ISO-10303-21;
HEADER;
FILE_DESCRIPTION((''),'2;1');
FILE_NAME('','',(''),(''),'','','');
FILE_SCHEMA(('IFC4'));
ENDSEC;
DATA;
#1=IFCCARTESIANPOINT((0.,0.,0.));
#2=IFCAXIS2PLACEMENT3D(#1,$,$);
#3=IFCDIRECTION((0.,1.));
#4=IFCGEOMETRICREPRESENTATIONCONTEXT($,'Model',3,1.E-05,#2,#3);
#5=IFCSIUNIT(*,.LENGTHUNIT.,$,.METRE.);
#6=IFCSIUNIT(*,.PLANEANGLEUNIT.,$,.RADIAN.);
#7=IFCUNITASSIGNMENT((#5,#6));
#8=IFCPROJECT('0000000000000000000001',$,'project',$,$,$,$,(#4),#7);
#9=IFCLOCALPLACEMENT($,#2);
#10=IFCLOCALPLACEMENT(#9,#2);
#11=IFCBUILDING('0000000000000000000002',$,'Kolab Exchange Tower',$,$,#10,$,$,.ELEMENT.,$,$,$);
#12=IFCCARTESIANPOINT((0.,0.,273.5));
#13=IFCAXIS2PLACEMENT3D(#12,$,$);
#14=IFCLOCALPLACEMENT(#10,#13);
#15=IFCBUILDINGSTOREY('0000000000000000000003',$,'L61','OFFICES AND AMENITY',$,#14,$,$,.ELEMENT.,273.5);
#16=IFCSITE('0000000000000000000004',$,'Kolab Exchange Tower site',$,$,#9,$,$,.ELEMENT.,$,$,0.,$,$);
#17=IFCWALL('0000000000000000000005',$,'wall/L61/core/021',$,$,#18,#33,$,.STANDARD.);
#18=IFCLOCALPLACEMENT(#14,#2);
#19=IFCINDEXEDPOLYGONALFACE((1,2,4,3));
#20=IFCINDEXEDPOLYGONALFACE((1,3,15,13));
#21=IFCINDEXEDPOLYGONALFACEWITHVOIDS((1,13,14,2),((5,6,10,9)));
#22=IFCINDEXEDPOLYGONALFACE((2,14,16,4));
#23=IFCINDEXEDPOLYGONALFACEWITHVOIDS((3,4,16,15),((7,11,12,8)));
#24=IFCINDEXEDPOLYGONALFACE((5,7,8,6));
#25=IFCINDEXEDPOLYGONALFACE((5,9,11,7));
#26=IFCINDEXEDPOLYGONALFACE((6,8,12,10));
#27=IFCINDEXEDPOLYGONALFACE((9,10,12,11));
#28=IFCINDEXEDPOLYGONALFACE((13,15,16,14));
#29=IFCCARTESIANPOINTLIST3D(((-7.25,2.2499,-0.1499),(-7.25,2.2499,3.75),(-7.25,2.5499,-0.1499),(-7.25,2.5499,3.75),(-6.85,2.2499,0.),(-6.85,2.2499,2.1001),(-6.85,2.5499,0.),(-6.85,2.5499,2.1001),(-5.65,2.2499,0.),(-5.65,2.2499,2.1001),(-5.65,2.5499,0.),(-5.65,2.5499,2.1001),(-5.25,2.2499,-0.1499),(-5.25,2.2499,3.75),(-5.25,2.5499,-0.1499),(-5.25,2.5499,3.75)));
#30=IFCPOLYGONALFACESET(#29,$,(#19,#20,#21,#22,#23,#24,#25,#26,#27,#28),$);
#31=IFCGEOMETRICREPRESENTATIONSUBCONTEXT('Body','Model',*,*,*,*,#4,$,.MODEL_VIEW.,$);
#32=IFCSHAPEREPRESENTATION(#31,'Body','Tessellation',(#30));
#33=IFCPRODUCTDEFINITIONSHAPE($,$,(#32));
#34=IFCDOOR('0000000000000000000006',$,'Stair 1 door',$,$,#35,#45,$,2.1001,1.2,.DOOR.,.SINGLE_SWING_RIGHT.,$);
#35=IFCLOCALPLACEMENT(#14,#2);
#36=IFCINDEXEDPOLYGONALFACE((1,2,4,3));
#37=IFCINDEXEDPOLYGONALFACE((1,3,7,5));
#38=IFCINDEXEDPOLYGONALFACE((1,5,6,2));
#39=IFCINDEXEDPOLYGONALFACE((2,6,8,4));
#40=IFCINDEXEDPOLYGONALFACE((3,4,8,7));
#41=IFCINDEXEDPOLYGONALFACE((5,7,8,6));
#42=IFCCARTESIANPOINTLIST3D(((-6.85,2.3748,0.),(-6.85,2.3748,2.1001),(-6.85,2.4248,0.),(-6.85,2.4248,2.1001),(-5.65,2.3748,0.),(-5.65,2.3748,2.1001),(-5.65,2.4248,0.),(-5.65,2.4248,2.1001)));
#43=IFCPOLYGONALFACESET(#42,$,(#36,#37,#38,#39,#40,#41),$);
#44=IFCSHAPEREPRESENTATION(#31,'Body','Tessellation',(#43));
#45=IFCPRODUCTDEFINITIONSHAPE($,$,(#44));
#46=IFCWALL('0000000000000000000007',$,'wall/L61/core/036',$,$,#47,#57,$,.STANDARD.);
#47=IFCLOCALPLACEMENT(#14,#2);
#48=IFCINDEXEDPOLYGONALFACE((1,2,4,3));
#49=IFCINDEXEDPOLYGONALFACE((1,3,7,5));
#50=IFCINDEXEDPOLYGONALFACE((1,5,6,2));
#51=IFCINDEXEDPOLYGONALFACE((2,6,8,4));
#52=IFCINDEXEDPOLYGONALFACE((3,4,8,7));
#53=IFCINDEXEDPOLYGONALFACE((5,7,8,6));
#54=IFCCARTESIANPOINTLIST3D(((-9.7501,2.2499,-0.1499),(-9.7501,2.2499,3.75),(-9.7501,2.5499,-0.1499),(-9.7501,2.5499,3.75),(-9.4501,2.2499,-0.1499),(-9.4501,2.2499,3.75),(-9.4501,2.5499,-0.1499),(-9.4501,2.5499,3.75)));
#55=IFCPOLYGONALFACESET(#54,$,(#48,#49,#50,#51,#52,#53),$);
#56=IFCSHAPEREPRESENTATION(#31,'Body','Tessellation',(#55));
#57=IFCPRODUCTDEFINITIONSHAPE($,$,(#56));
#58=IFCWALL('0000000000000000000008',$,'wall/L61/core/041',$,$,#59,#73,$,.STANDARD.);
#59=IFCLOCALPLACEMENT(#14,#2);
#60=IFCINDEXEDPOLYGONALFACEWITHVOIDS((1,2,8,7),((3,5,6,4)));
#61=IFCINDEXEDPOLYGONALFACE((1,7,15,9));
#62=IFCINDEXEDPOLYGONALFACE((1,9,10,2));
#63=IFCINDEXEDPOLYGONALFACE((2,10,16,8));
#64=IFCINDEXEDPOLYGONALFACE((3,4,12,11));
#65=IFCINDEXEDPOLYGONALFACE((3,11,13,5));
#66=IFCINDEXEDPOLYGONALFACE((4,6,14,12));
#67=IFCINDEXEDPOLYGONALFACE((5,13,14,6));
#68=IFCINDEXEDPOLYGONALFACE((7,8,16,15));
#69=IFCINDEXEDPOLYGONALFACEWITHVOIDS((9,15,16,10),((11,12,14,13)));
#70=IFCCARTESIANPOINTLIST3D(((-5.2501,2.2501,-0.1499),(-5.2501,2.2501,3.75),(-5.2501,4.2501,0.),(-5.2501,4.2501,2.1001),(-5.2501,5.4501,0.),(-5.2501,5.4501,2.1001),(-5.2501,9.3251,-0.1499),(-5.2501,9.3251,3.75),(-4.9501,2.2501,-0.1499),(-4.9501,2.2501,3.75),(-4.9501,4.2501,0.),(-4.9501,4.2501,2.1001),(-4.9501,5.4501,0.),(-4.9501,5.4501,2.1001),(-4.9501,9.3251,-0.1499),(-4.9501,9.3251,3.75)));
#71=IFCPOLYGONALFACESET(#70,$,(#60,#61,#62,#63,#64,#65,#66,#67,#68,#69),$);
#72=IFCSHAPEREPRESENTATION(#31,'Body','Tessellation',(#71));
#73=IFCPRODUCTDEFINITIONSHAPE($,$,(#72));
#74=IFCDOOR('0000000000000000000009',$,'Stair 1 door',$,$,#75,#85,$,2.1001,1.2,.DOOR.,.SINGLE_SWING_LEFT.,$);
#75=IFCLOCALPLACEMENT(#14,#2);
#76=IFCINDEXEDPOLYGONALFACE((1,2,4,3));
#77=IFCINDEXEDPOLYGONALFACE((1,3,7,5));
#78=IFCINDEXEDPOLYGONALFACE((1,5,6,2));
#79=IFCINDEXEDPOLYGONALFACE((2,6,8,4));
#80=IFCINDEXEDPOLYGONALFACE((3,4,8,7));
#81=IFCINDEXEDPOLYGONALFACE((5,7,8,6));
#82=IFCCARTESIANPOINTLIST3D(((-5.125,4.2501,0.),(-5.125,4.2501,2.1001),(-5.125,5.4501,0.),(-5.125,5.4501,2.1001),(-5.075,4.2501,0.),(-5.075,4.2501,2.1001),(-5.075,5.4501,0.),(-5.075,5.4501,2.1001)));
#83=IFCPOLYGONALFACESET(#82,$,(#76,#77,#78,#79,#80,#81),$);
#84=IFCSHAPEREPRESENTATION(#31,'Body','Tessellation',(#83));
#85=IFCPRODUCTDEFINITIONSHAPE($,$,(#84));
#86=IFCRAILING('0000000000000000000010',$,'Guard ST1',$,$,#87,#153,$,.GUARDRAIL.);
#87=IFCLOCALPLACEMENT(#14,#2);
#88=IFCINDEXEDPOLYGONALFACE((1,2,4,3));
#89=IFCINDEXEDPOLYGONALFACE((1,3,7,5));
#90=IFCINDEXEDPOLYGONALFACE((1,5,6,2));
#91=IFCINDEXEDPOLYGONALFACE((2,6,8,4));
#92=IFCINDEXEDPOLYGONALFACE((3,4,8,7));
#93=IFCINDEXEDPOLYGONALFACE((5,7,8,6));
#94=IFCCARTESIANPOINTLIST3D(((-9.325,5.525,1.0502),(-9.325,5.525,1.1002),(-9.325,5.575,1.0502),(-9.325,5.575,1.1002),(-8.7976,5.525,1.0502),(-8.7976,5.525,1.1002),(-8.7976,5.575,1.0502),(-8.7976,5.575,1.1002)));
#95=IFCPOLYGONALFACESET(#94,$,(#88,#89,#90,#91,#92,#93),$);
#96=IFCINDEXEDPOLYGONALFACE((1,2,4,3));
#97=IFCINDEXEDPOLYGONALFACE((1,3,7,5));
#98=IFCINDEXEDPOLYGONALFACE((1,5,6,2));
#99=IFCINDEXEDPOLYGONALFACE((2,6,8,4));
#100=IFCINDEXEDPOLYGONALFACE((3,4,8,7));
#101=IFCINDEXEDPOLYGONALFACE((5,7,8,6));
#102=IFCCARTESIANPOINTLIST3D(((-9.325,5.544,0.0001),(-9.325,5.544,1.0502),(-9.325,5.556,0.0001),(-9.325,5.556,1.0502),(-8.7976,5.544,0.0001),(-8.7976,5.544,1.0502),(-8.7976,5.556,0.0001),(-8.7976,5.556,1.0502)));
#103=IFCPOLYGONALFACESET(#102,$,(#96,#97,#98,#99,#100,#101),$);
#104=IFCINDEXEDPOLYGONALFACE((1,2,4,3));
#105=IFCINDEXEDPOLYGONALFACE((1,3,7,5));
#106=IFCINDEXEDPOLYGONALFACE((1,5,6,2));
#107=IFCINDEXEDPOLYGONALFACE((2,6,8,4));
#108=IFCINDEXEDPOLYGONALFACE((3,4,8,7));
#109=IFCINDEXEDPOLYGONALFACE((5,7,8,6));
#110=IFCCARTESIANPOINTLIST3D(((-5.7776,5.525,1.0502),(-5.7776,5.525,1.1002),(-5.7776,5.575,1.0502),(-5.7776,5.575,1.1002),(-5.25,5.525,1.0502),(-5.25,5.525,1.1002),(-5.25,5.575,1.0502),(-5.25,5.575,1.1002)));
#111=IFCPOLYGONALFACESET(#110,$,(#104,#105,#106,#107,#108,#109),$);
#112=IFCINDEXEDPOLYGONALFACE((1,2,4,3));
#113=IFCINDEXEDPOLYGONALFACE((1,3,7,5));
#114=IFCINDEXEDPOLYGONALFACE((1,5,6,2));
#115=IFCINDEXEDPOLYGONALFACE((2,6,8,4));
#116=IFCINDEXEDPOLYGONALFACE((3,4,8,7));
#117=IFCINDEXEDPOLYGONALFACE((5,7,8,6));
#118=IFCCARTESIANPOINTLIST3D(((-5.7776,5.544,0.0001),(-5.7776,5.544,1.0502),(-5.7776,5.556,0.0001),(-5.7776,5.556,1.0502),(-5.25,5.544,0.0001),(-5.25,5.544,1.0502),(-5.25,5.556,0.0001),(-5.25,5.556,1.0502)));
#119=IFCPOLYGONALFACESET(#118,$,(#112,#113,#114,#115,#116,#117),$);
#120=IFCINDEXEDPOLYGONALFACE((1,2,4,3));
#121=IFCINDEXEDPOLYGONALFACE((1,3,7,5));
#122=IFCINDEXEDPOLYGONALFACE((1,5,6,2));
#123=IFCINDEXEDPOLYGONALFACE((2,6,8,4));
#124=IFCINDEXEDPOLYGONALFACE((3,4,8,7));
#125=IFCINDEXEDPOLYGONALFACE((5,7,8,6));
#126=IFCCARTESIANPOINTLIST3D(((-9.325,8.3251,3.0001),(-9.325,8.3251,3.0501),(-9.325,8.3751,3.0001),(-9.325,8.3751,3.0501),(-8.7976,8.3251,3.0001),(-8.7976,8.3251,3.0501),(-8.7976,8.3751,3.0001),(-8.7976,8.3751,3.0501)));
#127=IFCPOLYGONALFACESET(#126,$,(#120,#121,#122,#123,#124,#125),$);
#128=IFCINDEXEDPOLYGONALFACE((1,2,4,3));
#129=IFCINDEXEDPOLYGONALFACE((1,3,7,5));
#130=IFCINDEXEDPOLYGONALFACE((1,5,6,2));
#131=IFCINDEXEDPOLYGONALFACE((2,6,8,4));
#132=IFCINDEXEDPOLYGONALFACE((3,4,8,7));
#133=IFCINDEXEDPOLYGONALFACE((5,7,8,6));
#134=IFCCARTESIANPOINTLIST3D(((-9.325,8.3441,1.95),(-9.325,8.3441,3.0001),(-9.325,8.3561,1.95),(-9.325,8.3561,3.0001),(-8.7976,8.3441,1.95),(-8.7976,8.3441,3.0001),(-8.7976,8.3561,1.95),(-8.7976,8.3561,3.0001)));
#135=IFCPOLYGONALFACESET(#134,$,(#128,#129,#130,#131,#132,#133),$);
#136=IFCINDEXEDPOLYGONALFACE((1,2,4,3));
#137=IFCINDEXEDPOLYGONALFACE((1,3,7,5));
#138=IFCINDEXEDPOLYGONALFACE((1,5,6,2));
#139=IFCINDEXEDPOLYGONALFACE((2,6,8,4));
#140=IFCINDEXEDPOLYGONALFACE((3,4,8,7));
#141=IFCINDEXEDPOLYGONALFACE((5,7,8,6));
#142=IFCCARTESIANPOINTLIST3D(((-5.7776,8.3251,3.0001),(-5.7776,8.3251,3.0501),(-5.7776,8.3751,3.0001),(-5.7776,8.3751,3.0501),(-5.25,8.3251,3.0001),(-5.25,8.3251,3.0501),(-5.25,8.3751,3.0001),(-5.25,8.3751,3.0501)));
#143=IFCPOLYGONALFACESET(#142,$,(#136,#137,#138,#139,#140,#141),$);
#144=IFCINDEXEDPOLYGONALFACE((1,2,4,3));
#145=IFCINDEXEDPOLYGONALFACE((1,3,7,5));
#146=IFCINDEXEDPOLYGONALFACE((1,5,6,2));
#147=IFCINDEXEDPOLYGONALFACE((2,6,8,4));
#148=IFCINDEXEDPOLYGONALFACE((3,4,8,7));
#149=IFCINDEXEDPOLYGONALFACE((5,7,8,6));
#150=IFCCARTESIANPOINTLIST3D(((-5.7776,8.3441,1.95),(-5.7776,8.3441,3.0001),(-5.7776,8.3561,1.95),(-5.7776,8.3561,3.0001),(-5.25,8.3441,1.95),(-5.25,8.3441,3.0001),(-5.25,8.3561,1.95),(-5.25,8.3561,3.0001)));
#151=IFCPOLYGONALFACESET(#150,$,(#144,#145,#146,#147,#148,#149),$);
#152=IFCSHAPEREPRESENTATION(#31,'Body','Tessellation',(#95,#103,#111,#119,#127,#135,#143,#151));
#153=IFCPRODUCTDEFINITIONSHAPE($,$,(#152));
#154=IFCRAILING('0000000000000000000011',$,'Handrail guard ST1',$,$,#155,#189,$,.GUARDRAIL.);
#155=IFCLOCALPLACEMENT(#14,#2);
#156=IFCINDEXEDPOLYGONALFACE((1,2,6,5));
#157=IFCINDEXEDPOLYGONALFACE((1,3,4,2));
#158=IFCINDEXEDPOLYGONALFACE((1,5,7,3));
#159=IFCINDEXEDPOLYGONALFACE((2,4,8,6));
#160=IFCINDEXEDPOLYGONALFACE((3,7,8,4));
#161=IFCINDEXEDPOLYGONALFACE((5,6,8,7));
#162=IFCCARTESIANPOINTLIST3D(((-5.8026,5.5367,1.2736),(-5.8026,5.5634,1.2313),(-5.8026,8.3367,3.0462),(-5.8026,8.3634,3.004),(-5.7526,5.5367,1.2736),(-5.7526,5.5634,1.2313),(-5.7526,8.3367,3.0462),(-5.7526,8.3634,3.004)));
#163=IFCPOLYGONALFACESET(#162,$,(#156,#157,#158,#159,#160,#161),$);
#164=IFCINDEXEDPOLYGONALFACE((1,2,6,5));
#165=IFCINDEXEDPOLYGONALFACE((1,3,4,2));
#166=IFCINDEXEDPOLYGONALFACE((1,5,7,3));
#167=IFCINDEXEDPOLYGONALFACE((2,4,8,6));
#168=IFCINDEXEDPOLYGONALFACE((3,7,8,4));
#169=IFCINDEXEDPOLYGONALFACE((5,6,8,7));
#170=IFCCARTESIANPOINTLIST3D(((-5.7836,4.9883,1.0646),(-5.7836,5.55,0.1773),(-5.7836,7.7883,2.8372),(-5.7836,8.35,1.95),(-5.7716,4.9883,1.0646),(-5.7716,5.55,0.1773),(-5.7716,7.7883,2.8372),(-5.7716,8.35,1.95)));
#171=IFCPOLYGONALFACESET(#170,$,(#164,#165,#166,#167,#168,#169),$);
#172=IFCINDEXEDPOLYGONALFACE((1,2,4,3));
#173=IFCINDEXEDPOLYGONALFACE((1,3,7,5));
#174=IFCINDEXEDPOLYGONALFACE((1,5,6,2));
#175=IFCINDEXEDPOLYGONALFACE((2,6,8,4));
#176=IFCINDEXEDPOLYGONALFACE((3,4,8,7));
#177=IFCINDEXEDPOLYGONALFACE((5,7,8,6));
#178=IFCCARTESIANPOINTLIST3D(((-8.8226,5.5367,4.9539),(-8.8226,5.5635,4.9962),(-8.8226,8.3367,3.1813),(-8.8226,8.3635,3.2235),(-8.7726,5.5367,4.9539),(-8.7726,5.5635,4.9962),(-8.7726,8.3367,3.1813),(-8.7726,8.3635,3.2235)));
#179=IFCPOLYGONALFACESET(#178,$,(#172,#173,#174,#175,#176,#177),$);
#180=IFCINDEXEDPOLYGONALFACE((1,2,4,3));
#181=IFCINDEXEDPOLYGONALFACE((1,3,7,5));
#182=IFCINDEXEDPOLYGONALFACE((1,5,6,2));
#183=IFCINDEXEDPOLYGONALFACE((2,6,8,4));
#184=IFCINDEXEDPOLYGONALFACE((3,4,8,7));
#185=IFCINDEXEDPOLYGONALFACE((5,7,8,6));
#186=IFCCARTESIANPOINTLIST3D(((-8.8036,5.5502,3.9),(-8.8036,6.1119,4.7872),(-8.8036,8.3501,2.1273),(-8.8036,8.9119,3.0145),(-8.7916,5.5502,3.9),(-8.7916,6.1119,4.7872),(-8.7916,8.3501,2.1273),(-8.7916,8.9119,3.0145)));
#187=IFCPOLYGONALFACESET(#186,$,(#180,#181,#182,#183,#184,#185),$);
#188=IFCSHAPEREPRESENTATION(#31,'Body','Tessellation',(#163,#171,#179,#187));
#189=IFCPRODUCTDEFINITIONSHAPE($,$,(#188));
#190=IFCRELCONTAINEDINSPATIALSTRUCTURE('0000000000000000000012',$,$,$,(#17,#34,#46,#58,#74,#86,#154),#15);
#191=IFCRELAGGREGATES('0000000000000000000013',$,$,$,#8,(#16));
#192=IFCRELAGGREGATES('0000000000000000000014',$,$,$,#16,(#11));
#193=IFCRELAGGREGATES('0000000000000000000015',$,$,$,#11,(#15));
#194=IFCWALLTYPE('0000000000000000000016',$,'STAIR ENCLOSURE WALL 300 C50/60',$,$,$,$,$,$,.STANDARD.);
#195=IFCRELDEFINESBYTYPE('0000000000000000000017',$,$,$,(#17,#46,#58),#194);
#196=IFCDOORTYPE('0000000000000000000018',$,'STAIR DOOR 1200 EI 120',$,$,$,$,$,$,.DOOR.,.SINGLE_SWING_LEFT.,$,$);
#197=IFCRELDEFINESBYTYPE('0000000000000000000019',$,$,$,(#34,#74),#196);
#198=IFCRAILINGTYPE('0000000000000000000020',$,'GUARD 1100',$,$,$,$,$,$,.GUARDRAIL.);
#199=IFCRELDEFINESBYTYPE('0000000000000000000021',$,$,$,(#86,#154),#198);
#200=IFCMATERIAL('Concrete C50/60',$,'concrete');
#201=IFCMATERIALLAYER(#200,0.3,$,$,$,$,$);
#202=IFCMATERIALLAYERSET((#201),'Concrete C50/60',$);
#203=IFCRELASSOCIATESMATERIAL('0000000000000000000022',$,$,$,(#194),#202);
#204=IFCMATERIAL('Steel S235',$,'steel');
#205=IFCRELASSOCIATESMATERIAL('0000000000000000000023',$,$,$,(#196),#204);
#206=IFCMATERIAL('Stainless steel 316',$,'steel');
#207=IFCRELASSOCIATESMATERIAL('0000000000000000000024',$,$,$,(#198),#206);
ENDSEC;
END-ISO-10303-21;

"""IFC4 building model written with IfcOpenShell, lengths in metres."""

from ifc_helpers import new_model, si_unit, direction, frame, frame_2d, origin, origin_2d, place, context, subcontext, project, spatial, rectangle, extrude, material, layer, layer_set, type_object, element, fill, save


model = new_model("IFC4")

# Units and contexts
model_context = context("Model", 3, precision=1e-05, world=origin(), true_north=direction((0.0, 1.0)))
body_context = subcontext(model_context, "Body", "Model", "MODEL_VIEW")
ifc_project = project(units=[si_unit("LENGTHUNIT", "METRE"), si_unit("PLANEANGLEUNIT", "RADIAN")], contexts=[model_context])

# Site, building, storey
site_placement = place(None, origin())
site = spatial("IfcSite", under=ifc_project, at=site_placement, Name="Kolab Exchange Tower site", CompositionType="ELEMENT", RefElevation=0.0)
building_placement = place(site_placement, origin())
building = spatial("IfcBuilding", under=site, at=building_placement, Name="Kolab Exchange Tower", CompositionType="ELEMENT")
storey_placement = place(building_placement, frame((0.0, 0.0, 273.5)))
storey = spatial("IfcBuildingStorey", under=building, at=storey_placement, Name="L61", Description="OFFICES AND AMENITY", CompositionType="ELEMENT", Elevation=273.5)

# Shared definitions
ifc_material_1 = material(Name="Concrete C50/60", Category="concrete")
ifc_material_2 = material(Name="Steel S235", Category="steel")

# Shared definitions
ifc_material_3 = material(Name="Stainless steel 316", Category="steel")

# Shared definitions
ifc_layer_1 = layer(ifc_material_1, 0.3)
ifc_layer_set_1 = layer_set([ifc_layer_1], Name="Concrete C50/60")
wall_type_1 = type_object("IfcWallType", Name="STAIR ENCLOSURE WALL 300 C50/60", PredefinedType="STANDARD", material=ifc_layer_set_1)

# Wall, opening, door
wall_1_placement = place(storey_placement, frame((-7.25, 2.3999, -0.1499), z_axis=(0.0, 0.0, 1.0), x_axis=(1.0, 0.0, 0.0)))
wall_1 = element("IfcWall", 1, at=wall_1_placement, inside=storey, type_object=wall_type_1, Name="wall/L61/core/021", PredefinedType="STANDARD", context=body_context, shape_type="SweptSolid", body=[
    extrude(rectangle(XDim=2.0, YDim=0.3, at=frame_2d((1.0, 0.0))), origin(), (0.0, 0.0, 1.0), 3.8999),
])
opening_1_placement = place(wall_1_placement, frame((0.3999, 0.0, 0.1499)))
opening_1 = element("IfcOpeningElement", 2, at=opening_1_placement, cuts=wall_1, PredefinedType="OPENING", context=body_context, shape_type="SweptSolid", body=[
    extrude(rectangle(XDim=1.2, YDim=2.1001, at=frame_2d((0.6001, 1.05))), frame((0.0, 0.1602, 0.0), z_axis=(0.0, -1.0, 0.0), x_axis=(1.0, 0.0, 0.0)), (0.0, 0.0, 1.0), 0.3201),
])
door_type_1 = type_object("IfcDoorType", Name="STAIR DOOR 1200 EI 120", OperationType="SINGLE_SWING_LEFT", PredefinedType="DOOR", material=ifc_material_2)
door_1_placement = place(opening_1_placement, origin())
door_1 = element("IfcDoor", 3, at=door_1_placement, inside=storey, type_object=door_type_1, Name="Stair 1 door", OperationType="SINGLE_SWING_RIGHT", OverallHeight=2.1001, OverallWidth=1.2, PredefinedType="DOOR", context=body_context, shape_type="SweptSolid", body=[
    extrude(rectangle(XDim=1.2, YDim=2.1001, at=frame_2d((0.6001, 1.05))), frame((0.0, 0.0249, 0.0), z_axis=(0.0, -1.0, 0.0), x_axis=(1.0, 0.0, 0.0)), (0.0, 0.0, 1.0), 0.05),
])
fill(opening_1, door_1)

# Wall
wall_2_placement = place(storey_placement, frame((-9.6001, 2.25, -0.1499), z_axis=(0.0, 0.0, 1.0), x_axis=(0.0, 1.0, 0.0)))
element("IfcWall", 4, at=wall_2_placement, inside=storey, type_object=wall_type_1, Name="wall/L61/core/036", PredefinedType="STANDARD", context=body_context, shape_type="SweptSolid", body=[
    extrude(rectangle(XDim=0.3, YDim=0.3, at=frame_2d((0.1499, 0.0))), origin(), (0.0, 0.0, 1.0), 3.8999),
])

# Wall, opening, door
wall_3_placement = place(storey_placement, frame((-5.1001, 2.25, -0.1499), z_axis=(0.0, 0.0, 1.0), x_axis=(0.0, 1.0, 0.0)))
wall_3 = element("IfcWall", 5, at=wall_3_placement, inside=storey, type_object=wall_type_1, Name="wall/L61/core/041", PredefinedType="STANDARD", context=body_context, shape_type="SweptSolid", body=[
    extrude(rectangle(XDim=7.075, YDim=0.3, at=frame_2d((3.5376, 0.0))), origin(), (0.0, 0.0, 1.0), 3.8999),
])
opening_2_placement = place(wall_3_placement, frame((2.0, 0.0, 0.1499)))
opening_2 = element("IfcOpeningElement", 6, at=opening_2_placement, cuts=wall_3, PredefinedType="OPENING", context=body_context, shape_type="SweptSolid", body=[
    extrude(rectangle(XDim=1.2, YDim=2.1001, at=frame_2d((0.6001, 1.05))), frame((0.0, 0.1602, 0.0), z_axis=(0.0, -1.0, 0.0), x_axis=(1.0, 0.0, 0.0)), (0.0, 0.0, 1.0), 0.3201),
])
door_2_placement = place(opening_2_placement, origin())
door_2 = element("IfcDoor", 7, at=door_2_placement, inside=storey, type_object=door_type_1, Name="Stair 1 door", OperationType="SINGLE_SWING_LEFT", OverallHeight=2.1001, OverallWidth=1.2, PredefinedType="DOOR", context=body_context, shape_type="SweptSolid", body=[
    extrude(rectangle(XDim=1.2, YDim=2.1001, at=frame_2d((0.6001, 1.05))), frame((0.0, 0.0249, 0.0), z_axis=(0.0, -1.0, 0.0), x_axis=(1.0, 0.0, 0.0)), (0.0, 0.0, 1.0), 0.05),
])
fill(opening_2, door_2)

# Railings
railing_type = type_object("IfcRailingType", Name="GUARD 1100", PredefinedType="GUARDRAIL", material=ifc_material_3)
railing_1_placement = place(storey_placement, frame((-9.325, 5.55, 0.0)))
element("IfcRailing", 8, at=railing_1_placement, inside=storey, type_object=railing_type, Name="Guard ST1", PredefinedType="GUARDRAIL", context=body_context, shape_type="SweptSolid", body=[
    extrude(rectangle(XDim=0.05, YDim=0.05, at=origin_2d()), frame((0.0, 0.0, 1.0752), z_axis=(1.0, 0.0, 0.0), x_axis=(0.0, 1.0, 0.0)), (0.0, 0.0, 1.0), 0.5273),
    extrude(rectangle(XDim=0.012, YDim=1.0501, at=frame_2d((0.0, 0.5251))), frame((0.0, 0.0, 0.0), z_axis=(1.0, 0.0, 0.0), x_axis=(0.0, 1.0, 0.0)), (0.0, 0.0, 1.0), 0.5273),
    extrude(rectangle(XDim=0.05, YDim=0.05, at=origin_2d()), frame((3.5474, 0.0, 1.0752), z_axis=(1.0, 0.0, 0.0), x_axis=(0.0, 1.0, 0.0)), (0.0, 0.0, 1.0), 0.5276),
    extrude(rectangle(XDim=0.012, YDim=1.0501, at=frame_2d((0.0, 0.5251))), frame((3.5474, 0.0, 0.0), z_axis=(1.0, 0.0, 0.0), x_axis=(0.0, 1.0, 0.0)), (0.0, 0.0, 1.0), 0.5276),
    extrude(rectangle(XDim=0.05, YDim=0.05, at=origin_2d()), frame((0.0, 2.8, 3.0251), z_axis=(1.0, 0.0, 0.0), x_axis=(0.0, 1.0, 0.0)), (0.0, 0.0, 1.0), 0.5273),
    extrude(rectangle(XDim=0.012, YDim=1.0501, at=frame_2d((0.0, 0.5251))), frame((0.0, 2.8, 1.95), z_axis=(1.0, 0.0, 0.0), x_axis=(0.0, 1.0, 0.0)), (0.0, 0.0, 1.0), 0.5273),
    extrude(rectangle(XDim=0.05, YDim=0.05, at=origin_2d()), frame((3.5474, 2.8, 3.0251), z_axis=(1.0, 0.0, 0.0), x_axis=(0.0, 1.0, 0.0)), (0.0, 0.0, 1.0), 0.5276),
    extrude(rectangle(XDim=0.012, YDim=1.0501, at=frame_2d((0.0, 0.5251))), frame((3.5474, 2.8, 1.95), z_axis=(1.0, 0.0, 0.0), x_axis=(0.0, 1.0, 0.0)), (0.0, 0.0, 1.0), 0.5276),
])
railing_2_placement = place(storey_placement, frame((-5.7776, 5.55, 0.1772)))
element("IfcRailing", 9, at=railing_2_placement, inside=storey, type_object=railing_type, Name="Handrail guard ST1", PredefinedType="GUARDRAIL", context=body_context, shape_type="SweptSolid", body=[
    extrude(rectangle(XDim=0.05, YDim=0.05, at=origin_2d()), frame((0.0, 0.0, 1.0752), z_axis=(0.0, 0.844909, 0.53491), x_axis=(-1.0, 0.0, 0.0)), (0.0, 0.0, 1.0), 3.314),
    extrude(rectangle(XDim=0.012, YDim=1.0501, at=frame_2d((0.0, 0.5251))), frame((0.0, 0.0, 0.0), z_axis=(0.0, 0.844909, 0.53491), x_axis=(-1.0, 0.0, 0.0)), (0.0, 0.0, 1.0), 3.314),
    extrude(rectangle(XDim=0.05, YDim=0.05, at=origin_2d()), frame((-3.02, 2.8, 3.0251), z_axis=(0.0, -0.844909, 0.53491), x_axis=(1.0, 0.0, 0.0)), (0.0, 0.0, 1.0), 3.314),
    extrude(rectangle(XDim=0.012, YDim=1.0501, at=frame_2d((0.0, 0.5251))), frame((-3.02, 2.8, 1.95), z_axis=(0.0, -0.844909, 0.53491), x_axis=(1.0, 0.0, 0.0)), (0.0, 0.0, 1.0), 3.314),
])

save(model, "model.ifc")
